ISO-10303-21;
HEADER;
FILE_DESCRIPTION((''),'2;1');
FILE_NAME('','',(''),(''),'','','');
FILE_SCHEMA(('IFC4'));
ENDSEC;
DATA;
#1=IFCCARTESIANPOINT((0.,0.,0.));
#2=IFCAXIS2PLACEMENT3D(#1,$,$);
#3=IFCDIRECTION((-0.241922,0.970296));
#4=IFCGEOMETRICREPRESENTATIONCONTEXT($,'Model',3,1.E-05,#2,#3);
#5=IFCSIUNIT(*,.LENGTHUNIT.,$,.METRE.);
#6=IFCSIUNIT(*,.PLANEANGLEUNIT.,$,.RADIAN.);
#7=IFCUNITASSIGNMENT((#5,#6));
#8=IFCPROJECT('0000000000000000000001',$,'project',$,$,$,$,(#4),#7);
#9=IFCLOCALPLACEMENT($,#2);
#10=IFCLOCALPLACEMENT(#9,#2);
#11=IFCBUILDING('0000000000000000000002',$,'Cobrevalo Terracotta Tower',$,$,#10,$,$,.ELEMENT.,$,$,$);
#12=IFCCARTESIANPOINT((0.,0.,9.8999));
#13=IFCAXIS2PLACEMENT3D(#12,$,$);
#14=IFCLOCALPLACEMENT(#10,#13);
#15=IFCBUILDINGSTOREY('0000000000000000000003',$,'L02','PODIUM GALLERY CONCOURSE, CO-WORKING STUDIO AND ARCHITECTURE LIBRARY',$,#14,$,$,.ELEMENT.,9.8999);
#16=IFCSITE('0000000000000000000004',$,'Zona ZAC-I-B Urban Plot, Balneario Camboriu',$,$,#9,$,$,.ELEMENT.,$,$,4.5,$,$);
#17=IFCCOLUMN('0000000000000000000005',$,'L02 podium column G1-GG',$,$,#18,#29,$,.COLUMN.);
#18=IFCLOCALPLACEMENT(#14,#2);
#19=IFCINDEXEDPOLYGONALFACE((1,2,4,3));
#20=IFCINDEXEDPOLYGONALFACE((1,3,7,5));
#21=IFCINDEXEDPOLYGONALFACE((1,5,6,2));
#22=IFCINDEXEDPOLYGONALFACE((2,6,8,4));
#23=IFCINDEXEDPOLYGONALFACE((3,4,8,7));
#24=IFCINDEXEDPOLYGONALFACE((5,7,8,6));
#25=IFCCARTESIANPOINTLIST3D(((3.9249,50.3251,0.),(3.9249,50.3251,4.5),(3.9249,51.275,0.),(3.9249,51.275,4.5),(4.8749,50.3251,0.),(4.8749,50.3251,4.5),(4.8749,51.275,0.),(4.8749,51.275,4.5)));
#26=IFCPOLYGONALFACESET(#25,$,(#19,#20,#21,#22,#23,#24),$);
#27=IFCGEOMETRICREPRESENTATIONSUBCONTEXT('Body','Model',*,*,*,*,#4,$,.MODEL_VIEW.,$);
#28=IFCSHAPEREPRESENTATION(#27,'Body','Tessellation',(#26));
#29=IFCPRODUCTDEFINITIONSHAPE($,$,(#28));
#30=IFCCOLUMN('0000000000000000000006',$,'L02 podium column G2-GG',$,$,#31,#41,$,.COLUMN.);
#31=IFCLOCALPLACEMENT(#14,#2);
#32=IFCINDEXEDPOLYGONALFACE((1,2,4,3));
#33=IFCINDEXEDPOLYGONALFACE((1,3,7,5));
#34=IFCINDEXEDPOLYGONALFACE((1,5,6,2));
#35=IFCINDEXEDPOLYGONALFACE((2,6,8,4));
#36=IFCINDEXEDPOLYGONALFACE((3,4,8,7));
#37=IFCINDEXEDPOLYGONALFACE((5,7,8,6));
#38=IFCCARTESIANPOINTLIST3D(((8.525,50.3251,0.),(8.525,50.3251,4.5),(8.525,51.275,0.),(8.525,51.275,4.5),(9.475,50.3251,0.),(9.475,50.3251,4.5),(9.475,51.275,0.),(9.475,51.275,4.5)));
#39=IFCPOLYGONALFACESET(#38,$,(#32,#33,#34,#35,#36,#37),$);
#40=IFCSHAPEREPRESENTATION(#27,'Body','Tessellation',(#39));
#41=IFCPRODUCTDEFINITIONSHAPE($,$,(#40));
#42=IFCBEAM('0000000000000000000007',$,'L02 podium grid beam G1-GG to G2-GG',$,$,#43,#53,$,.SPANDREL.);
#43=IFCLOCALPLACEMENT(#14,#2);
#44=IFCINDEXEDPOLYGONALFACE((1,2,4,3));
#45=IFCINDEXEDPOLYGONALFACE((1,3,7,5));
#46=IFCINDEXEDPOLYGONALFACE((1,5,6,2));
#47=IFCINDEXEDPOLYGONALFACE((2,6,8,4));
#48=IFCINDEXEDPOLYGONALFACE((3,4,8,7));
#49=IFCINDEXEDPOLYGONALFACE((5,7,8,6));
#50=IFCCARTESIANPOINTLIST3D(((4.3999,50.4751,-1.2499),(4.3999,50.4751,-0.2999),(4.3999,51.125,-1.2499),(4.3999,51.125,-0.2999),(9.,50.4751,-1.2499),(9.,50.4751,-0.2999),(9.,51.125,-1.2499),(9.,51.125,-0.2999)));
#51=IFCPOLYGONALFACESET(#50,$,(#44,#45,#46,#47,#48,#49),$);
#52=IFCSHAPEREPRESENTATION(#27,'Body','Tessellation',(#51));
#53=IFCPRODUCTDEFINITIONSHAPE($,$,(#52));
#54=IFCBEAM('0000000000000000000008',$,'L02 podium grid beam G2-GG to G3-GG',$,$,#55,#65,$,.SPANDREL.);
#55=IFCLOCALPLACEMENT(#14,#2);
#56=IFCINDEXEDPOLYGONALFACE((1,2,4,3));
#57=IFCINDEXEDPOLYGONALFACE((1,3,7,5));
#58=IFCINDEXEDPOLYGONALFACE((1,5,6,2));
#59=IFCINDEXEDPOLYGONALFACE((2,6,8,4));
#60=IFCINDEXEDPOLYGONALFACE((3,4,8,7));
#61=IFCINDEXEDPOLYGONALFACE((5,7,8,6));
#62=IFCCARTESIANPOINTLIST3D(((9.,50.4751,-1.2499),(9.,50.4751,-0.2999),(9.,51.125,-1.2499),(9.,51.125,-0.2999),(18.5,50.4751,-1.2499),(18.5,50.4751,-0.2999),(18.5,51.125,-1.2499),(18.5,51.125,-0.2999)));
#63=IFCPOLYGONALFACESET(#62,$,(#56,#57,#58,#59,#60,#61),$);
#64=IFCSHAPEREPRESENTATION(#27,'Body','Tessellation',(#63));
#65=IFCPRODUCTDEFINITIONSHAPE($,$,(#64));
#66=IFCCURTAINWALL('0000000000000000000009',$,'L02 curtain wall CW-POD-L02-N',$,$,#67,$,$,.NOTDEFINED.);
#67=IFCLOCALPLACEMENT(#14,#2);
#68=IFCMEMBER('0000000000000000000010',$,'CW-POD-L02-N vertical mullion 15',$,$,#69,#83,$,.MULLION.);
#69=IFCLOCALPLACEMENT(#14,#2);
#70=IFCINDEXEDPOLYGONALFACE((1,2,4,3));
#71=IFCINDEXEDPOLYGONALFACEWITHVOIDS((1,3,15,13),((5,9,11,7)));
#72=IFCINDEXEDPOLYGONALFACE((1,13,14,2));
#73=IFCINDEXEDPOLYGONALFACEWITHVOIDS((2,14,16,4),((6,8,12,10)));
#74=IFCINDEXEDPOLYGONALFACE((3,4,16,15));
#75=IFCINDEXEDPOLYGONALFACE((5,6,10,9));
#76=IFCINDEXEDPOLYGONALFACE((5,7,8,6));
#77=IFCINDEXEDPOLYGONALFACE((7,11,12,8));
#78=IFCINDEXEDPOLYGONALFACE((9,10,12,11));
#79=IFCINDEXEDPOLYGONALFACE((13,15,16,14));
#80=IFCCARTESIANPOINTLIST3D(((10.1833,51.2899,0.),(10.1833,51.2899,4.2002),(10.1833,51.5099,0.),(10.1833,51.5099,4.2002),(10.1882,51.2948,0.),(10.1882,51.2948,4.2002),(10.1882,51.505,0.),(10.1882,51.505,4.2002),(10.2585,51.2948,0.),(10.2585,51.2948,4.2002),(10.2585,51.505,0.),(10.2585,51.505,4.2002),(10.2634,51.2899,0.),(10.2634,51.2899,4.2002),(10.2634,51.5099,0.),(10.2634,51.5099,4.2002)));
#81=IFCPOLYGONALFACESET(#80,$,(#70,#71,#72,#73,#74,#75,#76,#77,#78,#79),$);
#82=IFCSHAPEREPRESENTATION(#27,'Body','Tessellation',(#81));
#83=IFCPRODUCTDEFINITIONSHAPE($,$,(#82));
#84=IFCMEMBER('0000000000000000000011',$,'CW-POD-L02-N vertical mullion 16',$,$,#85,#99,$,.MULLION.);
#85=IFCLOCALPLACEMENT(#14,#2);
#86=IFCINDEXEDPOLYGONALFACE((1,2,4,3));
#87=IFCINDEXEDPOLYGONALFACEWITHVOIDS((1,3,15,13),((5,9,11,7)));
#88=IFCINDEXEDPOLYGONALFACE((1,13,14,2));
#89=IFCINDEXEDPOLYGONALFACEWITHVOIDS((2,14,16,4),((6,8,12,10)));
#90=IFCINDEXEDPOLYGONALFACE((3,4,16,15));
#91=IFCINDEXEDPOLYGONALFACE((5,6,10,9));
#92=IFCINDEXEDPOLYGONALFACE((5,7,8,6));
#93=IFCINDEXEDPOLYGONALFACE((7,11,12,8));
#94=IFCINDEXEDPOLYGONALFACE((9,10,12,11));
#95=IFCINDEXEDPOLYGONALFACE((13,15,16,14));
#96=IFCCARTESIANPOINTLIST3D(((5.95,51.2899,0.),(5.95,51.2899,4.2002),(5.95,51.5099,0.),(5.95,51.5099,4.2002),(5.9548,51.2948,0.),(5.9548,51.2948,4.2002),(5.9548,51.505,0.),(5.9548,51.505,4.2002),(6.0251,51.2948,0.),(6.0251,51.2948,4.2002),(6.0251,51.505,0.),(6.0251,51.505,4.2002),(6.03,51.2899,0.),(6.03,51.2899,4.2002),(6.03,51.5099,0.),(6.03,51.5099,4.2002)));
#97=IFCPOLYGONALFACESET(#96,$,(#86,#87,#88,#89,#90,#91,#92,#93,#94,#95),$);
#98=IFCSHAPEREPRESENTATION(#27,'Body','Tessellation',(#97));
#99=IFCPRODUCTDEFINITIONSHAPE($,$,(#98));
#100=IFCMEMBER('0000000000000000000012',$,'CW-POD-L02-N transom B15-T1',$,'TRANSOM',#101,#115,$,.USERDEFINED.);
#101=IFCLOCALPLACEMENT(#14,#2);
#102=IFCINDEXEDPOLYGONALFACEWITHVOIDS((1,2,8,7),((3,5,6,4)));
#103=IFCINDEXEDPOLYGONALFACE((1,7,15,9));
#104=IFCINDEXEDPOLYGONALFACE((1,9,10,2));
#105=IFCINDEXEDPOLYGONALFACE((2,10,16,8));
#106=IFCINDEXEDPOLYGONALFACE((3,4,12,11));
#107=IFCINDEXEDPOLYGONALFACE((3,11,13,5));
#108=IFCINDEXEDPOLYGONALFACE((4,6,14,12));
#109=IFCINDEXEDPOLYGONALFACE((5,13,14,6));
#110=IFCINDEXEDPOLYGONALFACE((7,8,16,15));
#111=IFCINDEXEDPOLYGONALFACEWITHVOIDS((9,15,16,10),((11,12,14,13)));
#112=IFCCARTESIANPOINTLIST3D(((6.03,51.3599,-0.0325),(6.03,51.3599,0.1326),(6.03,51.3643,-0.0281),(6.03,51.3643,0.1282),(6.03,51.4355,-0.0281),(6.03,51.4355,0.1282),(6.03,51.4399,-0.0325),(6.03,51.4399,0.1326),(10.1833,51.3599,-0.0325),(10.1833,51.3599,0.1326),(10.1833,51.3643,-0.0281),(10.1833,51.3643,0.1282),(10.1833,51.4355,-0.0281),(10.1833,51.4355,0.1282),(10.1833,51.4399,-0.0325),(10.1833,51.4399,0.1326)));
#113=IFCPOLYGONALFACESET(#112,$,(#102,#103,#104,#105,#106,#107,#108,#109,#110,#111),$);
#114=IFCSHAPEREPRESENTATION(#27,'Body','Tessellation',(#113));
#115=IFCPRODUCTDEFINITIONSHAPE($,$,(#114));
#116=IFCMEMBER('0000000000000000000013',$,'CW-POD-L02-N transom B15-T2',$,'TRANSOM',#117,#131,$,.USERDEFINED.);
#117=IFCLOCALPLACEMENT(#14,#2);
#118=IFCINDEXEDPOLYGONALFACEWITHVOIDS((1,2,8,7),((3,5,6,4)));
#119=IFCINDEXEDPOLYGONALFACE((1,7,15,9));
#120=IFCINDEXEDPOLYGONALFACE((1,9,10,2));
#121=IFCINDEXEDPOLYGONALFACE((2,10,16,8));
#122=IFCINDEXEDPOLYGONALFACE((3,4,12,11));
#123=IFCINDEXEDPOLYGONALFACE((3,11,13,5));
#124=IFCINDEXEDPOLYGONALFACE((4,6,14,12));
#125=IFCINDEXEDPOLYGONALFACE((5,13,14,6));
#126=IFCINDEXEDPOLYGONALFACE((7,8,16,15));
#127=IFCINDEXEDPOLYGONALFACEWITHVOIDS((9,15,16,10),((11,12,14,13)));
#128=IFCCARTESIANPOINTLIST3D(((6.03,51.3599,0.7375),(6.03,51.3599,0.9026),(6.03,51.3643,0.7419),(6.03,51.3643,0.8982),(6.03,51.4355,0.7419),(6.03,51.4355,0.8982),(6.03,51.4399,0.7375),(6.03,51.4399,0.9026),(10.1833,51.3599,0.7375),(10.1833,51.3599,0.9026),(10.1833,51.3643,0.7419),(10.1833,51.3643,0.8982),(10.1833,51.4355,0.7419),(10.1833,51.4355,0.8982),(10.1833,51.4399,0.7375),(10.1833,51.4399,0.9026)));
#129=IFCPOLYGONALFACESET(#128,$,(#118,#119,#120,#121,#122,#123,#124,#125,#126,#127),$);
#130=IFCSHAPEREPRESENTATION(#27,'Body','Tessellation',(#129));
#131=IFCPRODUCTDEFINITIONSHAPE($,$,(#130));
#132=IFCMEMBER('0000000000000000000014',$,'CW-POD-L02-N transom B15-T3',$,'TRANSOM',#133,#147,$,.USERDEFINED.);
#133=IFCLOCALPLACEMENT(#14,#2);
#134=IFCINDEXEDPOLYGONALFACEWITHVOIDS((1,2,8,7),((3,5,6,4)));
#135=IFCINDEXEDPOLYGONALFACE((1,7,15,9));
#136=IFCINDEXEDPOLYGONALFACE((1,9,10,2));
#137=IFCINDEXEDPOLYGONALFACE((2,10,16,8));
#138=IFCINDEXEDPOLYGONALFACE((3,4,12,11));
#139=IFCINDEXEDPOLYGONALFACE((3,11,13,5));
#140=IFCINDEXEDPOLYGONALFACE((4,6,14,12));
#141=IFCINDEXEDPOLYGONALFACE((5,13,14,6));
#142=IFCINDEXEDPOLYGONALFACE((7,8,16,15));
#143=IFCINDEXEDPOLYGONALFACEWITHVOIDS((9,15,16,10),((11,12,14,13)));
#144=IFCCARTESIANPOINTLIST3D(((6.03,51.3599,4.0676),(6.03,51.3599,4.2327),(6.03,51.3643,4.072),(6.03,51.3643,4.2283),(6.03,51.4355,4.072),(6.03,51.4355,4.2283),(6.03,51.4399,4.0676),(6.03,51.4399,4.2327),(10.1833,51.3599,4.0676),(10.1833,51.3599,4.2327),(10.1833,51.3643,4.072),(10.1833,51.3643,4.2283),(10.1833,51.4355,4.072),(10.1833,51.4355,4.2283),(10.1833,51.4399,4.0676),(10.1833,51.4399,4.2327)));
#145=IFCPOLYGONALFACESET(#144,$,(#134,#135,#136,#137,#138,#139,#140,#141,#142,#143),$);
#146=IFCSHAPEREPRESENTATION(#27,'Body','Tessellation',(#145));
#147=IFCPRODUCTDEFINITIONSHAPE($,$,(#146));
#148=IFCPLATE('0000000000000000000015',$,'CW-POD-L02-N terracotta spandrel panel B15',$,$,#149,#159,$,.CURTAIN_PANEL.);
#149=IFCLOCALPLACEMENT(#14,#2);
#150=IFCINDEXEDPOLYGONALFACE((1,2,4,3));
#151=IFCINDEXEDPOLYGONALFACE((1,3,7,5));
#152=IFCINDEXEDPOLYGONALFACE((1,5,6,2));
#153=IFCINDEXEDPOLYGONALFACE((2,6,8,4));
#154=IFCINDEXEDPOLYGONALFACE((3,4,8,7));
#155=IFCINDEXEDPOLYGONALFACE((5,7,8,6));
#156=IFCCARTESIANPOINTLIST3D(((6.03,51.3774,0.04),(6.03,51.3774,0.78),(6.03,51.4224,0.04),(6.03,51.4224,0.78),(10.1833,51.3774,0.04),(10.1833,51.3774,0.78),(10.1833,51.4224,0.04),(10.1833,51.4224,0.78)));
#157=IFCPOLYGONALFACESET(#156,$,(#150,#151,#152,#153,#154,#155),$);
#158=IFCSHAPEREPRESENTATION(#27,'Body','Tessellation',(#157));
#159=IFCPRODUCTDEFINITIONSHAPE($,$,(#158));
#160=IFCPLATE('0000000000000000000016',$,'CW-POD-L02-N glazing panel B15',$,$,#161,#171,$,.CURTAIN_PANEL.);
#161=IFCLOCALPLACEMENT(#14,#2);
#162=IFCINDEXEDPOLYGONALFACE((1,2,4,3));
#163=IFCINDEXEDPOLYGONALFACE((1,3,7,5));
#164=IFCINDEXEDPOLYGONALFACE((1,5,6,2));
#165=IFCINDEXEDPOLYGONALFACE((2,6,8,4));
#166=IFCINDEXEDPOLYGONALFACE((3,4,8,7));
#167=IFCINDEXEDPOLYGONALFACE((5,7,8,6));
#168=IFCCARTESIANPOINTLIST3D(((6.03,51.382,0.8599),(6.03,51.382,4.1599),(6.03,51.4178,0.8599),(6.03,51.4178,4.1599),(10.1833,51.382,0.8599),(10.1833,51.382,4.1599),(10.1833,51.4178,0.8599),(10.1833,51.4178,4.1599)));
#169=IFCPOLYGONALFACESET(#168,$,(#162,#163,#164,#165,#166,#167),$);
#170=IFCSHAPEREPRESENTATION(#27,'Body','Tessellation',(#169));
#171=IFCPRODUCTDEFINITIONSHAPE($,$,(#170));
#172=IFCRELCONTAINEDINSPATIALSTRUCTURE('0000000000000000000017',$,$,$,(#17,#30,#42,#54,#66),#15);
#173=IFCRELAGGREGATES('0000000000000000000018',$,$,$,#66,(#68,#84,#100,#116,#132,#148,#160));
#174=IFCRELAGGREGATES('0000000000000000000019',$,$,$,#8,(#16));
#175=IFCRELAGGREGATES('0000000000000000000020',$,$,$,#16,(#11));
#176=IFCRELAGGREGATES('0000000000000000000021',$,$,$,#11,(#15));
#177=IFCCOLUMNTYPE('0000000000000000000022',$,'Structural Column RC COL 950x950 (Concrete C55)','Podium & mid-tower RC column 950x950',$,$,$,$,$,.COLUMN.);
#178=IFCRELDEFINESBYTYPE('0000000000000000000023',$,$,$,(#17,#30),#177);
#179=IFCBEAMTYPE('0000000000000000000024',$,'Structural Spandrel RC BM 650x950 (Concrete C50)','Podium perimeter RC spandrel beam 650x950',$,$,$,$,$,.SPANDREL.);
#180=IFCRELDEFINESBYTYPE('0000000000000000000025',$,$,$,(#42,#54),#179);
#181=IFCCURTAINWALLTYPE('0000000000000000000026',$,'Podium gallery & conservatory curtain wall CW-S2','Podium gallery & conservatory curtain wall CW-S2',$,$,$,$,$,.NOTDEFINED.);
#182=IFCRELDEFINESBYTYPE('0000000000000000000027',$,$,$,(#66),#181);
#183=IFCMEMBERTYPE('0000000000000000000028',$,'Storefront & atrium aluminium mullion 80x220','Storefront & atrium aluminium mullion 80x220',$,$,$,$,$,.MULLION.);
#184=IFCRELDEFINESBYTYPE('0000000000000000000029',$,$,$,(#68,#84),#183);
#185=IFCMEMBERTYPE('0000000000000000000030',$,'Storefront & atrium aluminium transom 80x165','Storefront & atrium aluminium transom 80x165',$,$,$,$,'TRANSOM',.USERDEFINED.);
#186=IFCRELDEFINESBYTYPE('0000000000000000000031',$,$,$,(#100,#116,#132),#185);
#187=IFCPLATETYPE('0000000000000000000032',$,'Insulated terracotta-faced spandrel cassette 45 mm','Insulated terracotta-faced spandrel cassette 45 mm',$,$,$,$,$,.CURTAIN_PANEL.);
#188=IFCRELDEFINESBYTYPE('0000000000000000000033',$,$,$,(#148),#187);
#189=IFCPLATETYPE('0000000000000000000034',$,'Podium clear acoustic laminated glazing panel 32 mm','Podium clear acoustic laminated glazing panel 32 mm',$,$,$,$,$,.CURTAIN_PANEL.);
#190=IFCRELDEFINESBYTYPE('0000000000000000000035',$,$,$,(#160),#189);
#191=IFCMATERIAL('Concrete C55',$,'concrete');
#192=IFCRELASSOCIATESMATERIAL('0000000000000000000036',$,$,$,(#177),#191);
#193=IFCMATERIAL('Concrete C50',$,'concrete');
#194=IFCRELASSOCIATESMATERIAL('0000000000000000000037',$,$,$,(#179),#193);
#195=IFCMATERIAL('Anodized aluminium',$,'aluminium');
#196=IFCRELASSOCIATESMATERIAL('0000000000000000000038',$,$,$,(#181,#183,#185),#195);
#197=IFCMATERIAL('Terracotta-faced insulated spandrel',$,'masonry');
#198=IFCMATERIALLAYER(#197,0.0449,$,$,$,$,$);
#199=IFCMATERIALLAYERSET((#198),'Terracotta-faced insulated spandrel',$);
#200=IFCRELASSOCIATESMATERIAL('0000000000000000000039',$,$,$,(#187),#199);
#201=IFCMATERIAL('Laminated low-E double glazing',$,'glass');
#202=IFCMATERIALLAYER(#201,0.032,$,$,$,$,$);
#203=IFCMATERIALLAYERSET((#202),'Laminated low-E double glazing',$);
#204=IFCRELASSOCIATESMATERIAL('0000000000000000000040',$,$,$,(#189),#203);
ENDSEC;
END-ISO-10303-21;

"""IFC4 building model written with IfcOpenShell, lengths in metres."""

from ifc_helpers import new_model, si_unit, direction, frame, origin, origin_2d, place, context, subcontext, project, spatial, rectangle, hollow_rectangle, extrude, source, transform, mapped, material, layer, layer_set, material_profile, profile_set, type_object, element, aggregate, save


model = new_model("IFC4")

# Units and contexts
model_context = context("Model", 3, precision=1e-05, world=origin(), true_north=direction((-0.241922, 0.970296)))
body_context = subcontext(model_context, "Body", "Model", "MODEL_VIEW")
ifc_project = project(units=[si_unit("LENGTHUNIT", "METRE"), si_unit("PLANEANGLEUNIT", "RADIAN")], contexts=[model_context])

# Site, building, storey
site_placement = place(None, origin())
site = spatial("IfcSite", under=ifc_project, at=site_placement, Name="Zona ZAC-I-B Urban Plot, Balneario Camboriu", CompositionType="ELEMENT", RefElevation=4.5)
building_placement = place(site_placement, origin())
building = spatial("IfcBuilding", under=site, at=building_placement, Name="Cobrevalo Terracotta Tower", CompositionType="ELEMENT")
storey_placement = place(building_placement, frame((0.0, 0.0, 9.8999)))
storey = spatial("IfcBuildingStorey", under=building, at=storey_placement, Name="L02", Description="PODIUM GALLERY CONCOURSE, CO-WORKING STUDIO AND ARCHITECTURE LIBRARY", CompositionType="ELEMENT", Elevation=9.8999)

# Columns
ifc_material_1 = material(Name="Concrete C55", Category="concrete")
ifc_material_profile_1 = material_profile(ifc_material_1, rectangle(XDim=0.95, YDim=0.95, at=origin_2d()), Name="RC COL 950x950")
ifc_profile_set_1 = profile_set([ifc_material_profile_1], Name="Concrete C55")
column_type = type_object("IfcColumnType", Name="Structural Column RC COL 950x950 (Concrete C55)", Description="Podium & mid-tower RC column 950x950", PredefinedType="COLUMN", material=ifc_profile_set_1)
for number, where, z_axis, x_axis, name in (
    (1, (4.3999, 50.8, 0.0), (0.0, 0.0, 1.0), (1.0, 0.0, 0.0), "L02 podium column G1-GG"),
    (2, (9.0, 50.8, 0.0), (0.0, 0.0, 1.0), (1.0, 0.0, 0.0), "L02 podium column G2-GG"),
):
    element("IfcColumn", number, at=place(storey_placement, frame(where, z_axis=z_axis, x_axis=x_axis)), inside=storey, type_object=column_type, Name=name, PredefinedType="COLUMN", context=body_context, shape_type="SweptSolid", body=[
        extrude(rectangle(XDim=0.95, YDim=0.95, at=origin_2d()), origin(), (0.0, 0.0, 1.0), 4.5),
    ])

# Beams
ifc_material_2 = material(Name="Concrete C50", Category="concrete")
ifc_material_profile_2 = material_profile(ifc_material_2, rectangle(XDim=0.6499, YDim=0.95, at=origin_2d()), Name="RC BM 650x950")
ifc_profile_set_2 = profile_set([ifc_material_profile_2], Name="Concrete C50")
beam_type = type_object("IfcBeamType", Name="Structural Spandrel RC BM 650x950 (Concrete C50)", Description="Podium perimeter RC spandrel beam 650x950", PredefinedType="SPANDREL", material=ifc_profile_set_2)
beam_1_placement = place(storey_placement, frame((4.3999, 50.8, -0.7749), z_axis=(1.0, 0.0, 0.0), x_axis=(0.0, 1.0, 0.0)))
element("IfcBeam", 3, at=beam_1_placement, inside=storey, type_object=beam_type, Name="L02 podium grid beam G1-GG to G2-GG", PredefinedType="SPANDREL", context=body_context, shape_type="SweptSolid", body=[
    extrude(rectangle(XDim=0.6499, YDim=0.95, at=origin_2d()), origin(), (0.0, 0.0, 1.0), 4.6001),
])
beam_2_placement = place(storey_placement, frame((9.0, 50.8, -0.7749), z_axis=(1.0, 0.0, 0.0), x_axis=(0.0, 1.0, 0.0)))
element("IfcBeam", 4, at=beam_2_placement, inside=storey, type_object=beam_type, Name="L02 podium grid beam G2-GG to G3-GG", PredefinedType="SPANDREL", context=body_context, shape_type="SweptSolid", body=[
    extrude(rectangle(XDim=0.6499, YDim=0.95, at=origin_2d()), origin(), (0.0, 0.0, 1.0), 9.5),
])

# Curtain wall, members, plates
ifc_material_3 = material(Name="Anodized aluminium", Category="aluminium")
curtain_wall_type = type_object("IfcCurtainWallType", Name="Podium gallery & conservatory curtain wall CW-S2", Description="Podium gallery & conservatory curtain wall CW-S2", PredefinedType="NOTDEFINED", material=ifc_material_3)
curtain_wall_placement = place(storey_placement, origin())
curtain_wall = element("IfcCurtainWall", 5, at=curtain_wall_placement, inside=storey, type_object=curtain_wall_type, Name="L02 curtain wall CW-POD-L02-N", PredefinedType="NOTDEFINED")
ifc_material_profile_3 = material_profile(ifc_material_3, hollow_rectangle(XDim=0.0801, YDim=0.22, WallThickness=0.0049, at=origin_2d()), Name="CWM 80x220")
ifc_profile_set_3 = profile_set([ifc_material_profile_3], Name="Anodized aluminium")
member_type_1 = type_object("IfcMemberType", Name="Storefront & atrium aluminium mullion 80x220", Description="Storefront & atrium aluminium mullion 80x220", PredefinedType="MULLION", material=ifc_profile_set_3)
shared_shape_1 = source(origin(), body_context, "Body", "SweptSolid", [
    extrude(hollow_rectangle(XDim=0.0801, YDim=0.22, WallThickness=0.0049, at=origin_2d()), origin(), (0.0, 0.0, 1.0), 4.2002),
])
member_1_placement = place(storey_placement, frame((10.2234, 51.3999, 0.0), z_axis=(0.0, 0.0, 1.0), x_axis=(-1.0, 0.0, 0.0)))
member_1 = element("IfcMember", 6, at=member_1_placement, type_object=member_type_1, Name="CW-POD-L02-N vertical mullion 15", PredefinedType="MULLION", context=body_context, shape_type="MappedRepresentation", body=[
    mapped(shared_shape_1, transform((0.0, 0.0, 0.0), scale=1.0)),
])
member_2_placement = place(storey_placement, frame((5.99, 51.3999, 0.0), z_axis=(0.0, 0.0, 1.0), x_axis=(-1.0, 0.0, 0.0)))
member_2 = element("IfcMember", 7, at=member_2_placement, type_object=member_type_1, Name="CW-POD-L02-N vertical mullion 16", PredefinedType="MULLION", context=body_context, shape_type="MappedRepresentation", body=[
    mapped(shared_shape_1, transform((0.0, 0.0, 0.0), scale=1.0)),
])
ifc_material_profile_4 = material_profile(ifc_material_3, hollow_rectangle(XDim=0.0801, YDim=0.165, WallThickness=0.0044, at=origin_2d()), Name="CWT 80x165")
ifc_profile_set_4 = profile_set([ifc_material_profile_4], Name="Anodized aluminium")
member_type_2 = type_object("IfcMemberType", Name="Storefront & atrium aluminium transom 80x165", Description="Storefront & atrium aluminium transom 80x165", ElementType="TRANSOM", PredefinedType="USERDEFINED", material=ifc_profile_set_4)
shared_shape_2 = source(origin(), body_context, "Body", "SweptSolid", [
    extrude(hollow_rectangle(XDim=0.0801, YDim=0.165, WallThickness=0.0044, at=origin_2d()), origin(), (0.0, 0.0, 1.0), 4.1533),
])
member_3_placement = place(storey_placement, frame((10.1833, 51.3999, 0.05), z_axis=(-1.0, 0.0, 0.0), x_axis=(0.0, -1.0, 0.0)))
member_3 = element("IfcMember", 8, at=member_3_placement, type_object=member_type_2, Name="CW-POD-L02-N transom B15-T1", ObjectType="TRANSOM", PredefinedType="USERDEFINED", context=body_context, shape_type="MappedRepresentation", body=[
    mapped(shared_shape_2, transform((0.0, 0.0, 0.0), scale=1.0)),
])
member_4_placement = place(storey_placement, frame((10.1833, 51.3999, 0.8201), z_axis=(-1.0, 0.0, 0.0), x_axis=(0.0, -1.0, 0.0)))
member_4 = element("IfcMember", 9, at=member_4_placement, type_object=member_type_2, Name="CW-POD-L02-N transom B15-T2", ObjectType="TRANSOM", PredefinedType="USERDEFINED", context=body_context, shape_type="MappedRepresentation", body=[
    mapped(shared_shape_2, transform((0.0, 0.0, 0.0), scale=1.0)),
])
member_5_placement = place(storey_placement, frame((10.1833, 51.3999, 4.1501), z_axis=(-1.0, 0.0, 0.0), x_axis=(0.0, -1.0, 0.0)))
member_5 = element("IfcMember", 10, at=member_5_placement, type_object=member_type_2, Name="CW-POD-L02-N transom B15-T3", ObjectType="TRANSOM", PredefinedType="USERDEFINED", context=body_context, shape_type="MappedRepresentation", body=[
    mapped(shared_shape_2, transform((0.0, 0.0, 0.0), scale=1.0)),
])
ifc_material_4 = material(Name="Terracotta-faced insulated spandrel", Category="masonry")
ifc_layer_1 = layer(ifc_material_4, 0.0449)
ifc_layer_set_1 = layer_set([ifc_layer_1], Name="Terracotta-faced insulated spandrel")
plate_type_1 = type_object("IfcPlateType", Name="Insulated terracotta-faced spandrel cassette 45 mm", Description="Insulated terracotta-faced spandrel cassette 45 mm", PredefinedType="CURTAIN_PANEL", material=ifc_layer_set_1)
shared_shape_3 = source(origin(), body_context, "Body", "SweptSolid", [
    extrude(rectangle(XDim=4.1533, YDim=0.0449, at=origin_2d()), origin(), (0.0, 0.0, 1.0), 0.74),
])
plate_1_placement = place(storey_placement, frame((8.1067, 51.3999, 0.04), z_axis=(0.0, 0.0, 1.0), x_axis=(-1.0, 0.0, 0.0)))
plate_1 = element("IfcPlate", 11, at=plate_1_placement, type_object=plate_type_1, Name="CW-POD-L02-N terracotta spandrel panel B15", PredefinedType="CURTAIN_PANEL", context=body_context, shape_type="MappedRepresentation", body=[
    mapped(shared_shape_3, transform((0.0, 0.0, 0.0), scale=1.0)),
])
ifc_material_5 = material(Name="Laminated low-E double glazing", Category="glass")
ifc_layer_2 = layer(ifc_material_5, 0.032)
ifc_layer_set_2 = layer_set([ifc_layer_2], Name="Laminated low-E double glazing")
plate_type_2 = type_object("IfcPlateType", Name="Podium clear acoustic laminated glazing panel 32 mm", Description="Podium clear acoustic laminated glazing panel 32 mm", PredefinedType="CURTAIN_PANEL", material=ifc_layer_set_2)
shared_shape_4 = source(origin(), body_context, "Body", "SweptSolid", [
    extrude(rectangle(XDim=4.1533, YDim=0.0359, at=origin_2d()), origin(), (0.0, 0.0, 1.0), 3.3),
])
plate_2_placement = place(storey_placement, frame((8.1067, 51.3999, 0.8599), z_axis=(0.0, 0.0, 1.0), x_axis=(-1.0, 0.0, 0.0)))
plate_2 = element("IfcPlate", 12, at=plate_2_placement, type_object=plate_type_2, Name="CW-POD-L02-N glazing panel B15", PredefinedType="CURTAIN_PANEL", context=body_context, shape_type="MappedRepresentation", body=[
    mapped(shared_shape_4, transform((0.0, 0.0, 0.0), scale=1.0)),
])
aggregate(curtain_wall, [member_1, member_2, member_3, member_4, member_5, plate_1, plate_2])

save(model, "model.ifc")
